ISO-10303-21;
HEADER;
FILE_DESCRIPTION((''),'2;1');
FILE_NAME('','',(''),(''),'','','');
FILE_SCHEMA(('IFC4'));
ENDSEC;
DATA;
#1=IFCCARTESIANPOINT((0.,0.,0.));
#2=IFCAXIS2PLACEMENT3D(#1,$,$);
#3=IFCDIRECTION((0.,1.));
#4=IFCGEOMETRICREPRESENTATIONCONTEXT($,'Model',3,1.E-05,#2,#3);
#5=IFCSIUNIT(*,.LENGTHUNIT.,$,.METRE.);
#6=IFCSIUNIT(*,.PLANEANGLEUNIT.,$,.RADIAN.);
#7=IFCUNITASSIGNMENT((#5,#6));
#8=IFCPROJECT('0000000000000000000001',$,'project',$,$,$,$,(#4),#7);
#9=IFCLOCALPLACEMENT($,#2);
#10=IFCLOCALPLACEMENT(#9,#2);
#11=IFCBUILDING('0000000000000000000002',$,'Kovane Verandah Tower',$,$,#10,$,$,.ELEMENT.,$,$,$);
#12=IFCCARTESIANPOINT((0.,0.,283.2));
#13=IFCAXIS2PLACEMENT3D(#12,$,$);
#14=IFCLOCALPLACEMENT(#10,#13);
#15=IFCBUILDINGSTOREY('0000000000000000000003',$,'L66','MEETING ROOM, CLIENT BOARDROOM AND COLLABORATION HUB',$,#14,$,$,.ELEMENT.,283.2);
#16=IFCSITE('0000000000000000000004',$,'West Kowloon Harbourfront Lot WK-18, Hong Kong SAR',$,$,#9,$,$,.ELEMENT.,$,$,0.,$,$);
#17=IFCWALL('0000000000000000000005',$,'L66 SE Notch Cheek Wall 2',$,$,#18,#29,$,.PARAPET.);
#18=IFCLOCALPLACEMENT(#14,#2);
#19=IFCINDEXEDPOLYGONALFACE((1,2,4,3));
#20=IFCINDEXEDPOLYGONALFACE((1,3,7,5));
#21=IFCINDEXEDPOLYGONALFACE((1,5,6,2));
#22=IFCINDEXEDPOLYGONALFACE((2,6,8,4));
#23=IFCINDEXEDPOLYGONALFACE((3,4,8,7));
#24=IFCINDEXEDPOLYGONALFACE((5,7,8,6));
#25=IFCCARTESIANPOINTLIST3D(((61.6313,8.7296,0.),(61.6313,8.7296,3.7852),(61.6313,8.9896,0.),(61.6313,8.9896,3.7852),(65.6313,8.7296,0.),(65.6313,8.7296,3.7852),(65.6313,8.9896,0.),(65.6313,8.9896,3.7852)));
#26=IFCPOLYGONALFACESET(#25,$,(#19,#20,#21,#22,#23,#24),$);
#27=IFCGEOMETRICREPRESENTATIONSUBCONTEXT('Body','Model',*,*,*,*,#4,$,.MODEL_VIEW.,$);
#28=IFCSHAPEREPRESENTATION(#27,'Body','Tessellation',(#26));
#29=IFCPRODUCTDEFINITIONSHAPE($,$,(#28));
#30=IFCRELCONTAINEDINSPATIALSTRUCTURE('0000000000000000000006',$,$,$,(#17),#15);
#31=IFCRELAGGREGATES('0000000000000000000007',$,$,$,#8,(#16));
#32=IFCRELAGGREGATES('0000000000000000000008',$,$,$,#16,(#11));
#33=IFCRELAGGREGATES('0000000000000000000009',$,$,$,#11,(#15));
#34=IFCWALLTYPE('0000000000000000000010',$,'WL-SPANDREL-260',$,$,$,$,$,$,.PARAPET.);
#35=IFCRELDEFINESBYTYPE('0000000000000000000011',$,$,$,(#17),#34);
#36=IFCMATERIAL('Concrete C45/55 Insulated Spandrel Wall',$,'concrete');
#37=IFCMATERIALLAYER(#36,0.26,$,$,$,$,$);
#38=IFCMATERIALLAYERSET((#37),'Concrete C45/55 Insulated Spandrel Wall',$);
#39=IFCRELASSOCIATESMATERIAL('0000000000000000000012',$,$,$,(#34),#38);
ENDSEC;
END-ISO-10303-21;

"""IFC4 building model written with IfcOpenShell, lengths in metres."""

from ifc_helpers import new_model, si_unit, direction, frame, frame_2d, origin, place, context, subcontext, project, spatial, rectangle, extrude, material, layer, layer_set, type_object, element, save


model = new_model("IFC4")

# Units and contexts
model_context = context("Model", 3, precision=1e-05, world=origin(), true_north=direction((0.0, 1.0)))
body_context = subcontext(model_context, "Body", "Model", "MODEL_VIEW")
ifc_project = project(units=[si_unit("LENGTHUNIT", "METRE"), si_unit("PLANEANGLEUNIT", "RADIAN")], contexts=[model_context])

# Site, building, storey
site_placement = place(None, origin())
site = spatial("IfcSite", under=ifc_project, at=site_placement, Name="West Kowloon Harbourfront Lot WK-18, Hong Kong SAR", CompositionType="ELEMENT", RefElevation=0.0)
building_placement = place(site_placement, origin())
building = spatial("IfcBuilding", under=site, at=building_placement, Name="Kovane Verandah Tower", CompositionType="ELEMENT")
storey_placement = place(building_placement, frame((0.0, 0.0, 283.2)))
storey = spatial("IfcBuildingStorey", under=building, at=storey_placement, Name="L66", Description="MEETING ROOM, CLIENT BOARDROOM AND COLLABORATION HUB", CompositionType="ELEMENT", Elevation=283.2)

# Shared definitions
ifc_material_1 = material(Name="Concrete C45/55 Insulated Spandrel Wall", Category="concrete")
ifc_layer_1 = layer(ifc_material_1, 0.26)
ifc_layer_set_1 = layer_set([ifc_layer_1], Name="Concrete C45/55 Insulated Spandrel Wall")
wall_type = type_object("IfcWallType", Name="WL-SPANDREL-260", PredefinedType="PARAPET", material=ifc_layer_set_1)

# Wall
wall_1_placement = place(storey_placement, frame((61.6313, 8.8596, 0.0), z_axis=(0.0, 0.0, 1.0), x_axis=(1.0, 0.0, 0.0)))
element("IfcWall", 1, at=wall_1_placement, inside=storey, type_object=wall_type, Name="L66 SE Notch Cheek Wall 2", PredefinedType="PARAPET", context=body_context, shape_type="SweptSolid", body=[
    extrude(rectangle(XDim=4.0, YDim=0.26, at=frame_2d((2.0, 0.0))), origin(), (0.0, 0.0, 1.0), 3.7852),
])

save(model, "model.ifc")
